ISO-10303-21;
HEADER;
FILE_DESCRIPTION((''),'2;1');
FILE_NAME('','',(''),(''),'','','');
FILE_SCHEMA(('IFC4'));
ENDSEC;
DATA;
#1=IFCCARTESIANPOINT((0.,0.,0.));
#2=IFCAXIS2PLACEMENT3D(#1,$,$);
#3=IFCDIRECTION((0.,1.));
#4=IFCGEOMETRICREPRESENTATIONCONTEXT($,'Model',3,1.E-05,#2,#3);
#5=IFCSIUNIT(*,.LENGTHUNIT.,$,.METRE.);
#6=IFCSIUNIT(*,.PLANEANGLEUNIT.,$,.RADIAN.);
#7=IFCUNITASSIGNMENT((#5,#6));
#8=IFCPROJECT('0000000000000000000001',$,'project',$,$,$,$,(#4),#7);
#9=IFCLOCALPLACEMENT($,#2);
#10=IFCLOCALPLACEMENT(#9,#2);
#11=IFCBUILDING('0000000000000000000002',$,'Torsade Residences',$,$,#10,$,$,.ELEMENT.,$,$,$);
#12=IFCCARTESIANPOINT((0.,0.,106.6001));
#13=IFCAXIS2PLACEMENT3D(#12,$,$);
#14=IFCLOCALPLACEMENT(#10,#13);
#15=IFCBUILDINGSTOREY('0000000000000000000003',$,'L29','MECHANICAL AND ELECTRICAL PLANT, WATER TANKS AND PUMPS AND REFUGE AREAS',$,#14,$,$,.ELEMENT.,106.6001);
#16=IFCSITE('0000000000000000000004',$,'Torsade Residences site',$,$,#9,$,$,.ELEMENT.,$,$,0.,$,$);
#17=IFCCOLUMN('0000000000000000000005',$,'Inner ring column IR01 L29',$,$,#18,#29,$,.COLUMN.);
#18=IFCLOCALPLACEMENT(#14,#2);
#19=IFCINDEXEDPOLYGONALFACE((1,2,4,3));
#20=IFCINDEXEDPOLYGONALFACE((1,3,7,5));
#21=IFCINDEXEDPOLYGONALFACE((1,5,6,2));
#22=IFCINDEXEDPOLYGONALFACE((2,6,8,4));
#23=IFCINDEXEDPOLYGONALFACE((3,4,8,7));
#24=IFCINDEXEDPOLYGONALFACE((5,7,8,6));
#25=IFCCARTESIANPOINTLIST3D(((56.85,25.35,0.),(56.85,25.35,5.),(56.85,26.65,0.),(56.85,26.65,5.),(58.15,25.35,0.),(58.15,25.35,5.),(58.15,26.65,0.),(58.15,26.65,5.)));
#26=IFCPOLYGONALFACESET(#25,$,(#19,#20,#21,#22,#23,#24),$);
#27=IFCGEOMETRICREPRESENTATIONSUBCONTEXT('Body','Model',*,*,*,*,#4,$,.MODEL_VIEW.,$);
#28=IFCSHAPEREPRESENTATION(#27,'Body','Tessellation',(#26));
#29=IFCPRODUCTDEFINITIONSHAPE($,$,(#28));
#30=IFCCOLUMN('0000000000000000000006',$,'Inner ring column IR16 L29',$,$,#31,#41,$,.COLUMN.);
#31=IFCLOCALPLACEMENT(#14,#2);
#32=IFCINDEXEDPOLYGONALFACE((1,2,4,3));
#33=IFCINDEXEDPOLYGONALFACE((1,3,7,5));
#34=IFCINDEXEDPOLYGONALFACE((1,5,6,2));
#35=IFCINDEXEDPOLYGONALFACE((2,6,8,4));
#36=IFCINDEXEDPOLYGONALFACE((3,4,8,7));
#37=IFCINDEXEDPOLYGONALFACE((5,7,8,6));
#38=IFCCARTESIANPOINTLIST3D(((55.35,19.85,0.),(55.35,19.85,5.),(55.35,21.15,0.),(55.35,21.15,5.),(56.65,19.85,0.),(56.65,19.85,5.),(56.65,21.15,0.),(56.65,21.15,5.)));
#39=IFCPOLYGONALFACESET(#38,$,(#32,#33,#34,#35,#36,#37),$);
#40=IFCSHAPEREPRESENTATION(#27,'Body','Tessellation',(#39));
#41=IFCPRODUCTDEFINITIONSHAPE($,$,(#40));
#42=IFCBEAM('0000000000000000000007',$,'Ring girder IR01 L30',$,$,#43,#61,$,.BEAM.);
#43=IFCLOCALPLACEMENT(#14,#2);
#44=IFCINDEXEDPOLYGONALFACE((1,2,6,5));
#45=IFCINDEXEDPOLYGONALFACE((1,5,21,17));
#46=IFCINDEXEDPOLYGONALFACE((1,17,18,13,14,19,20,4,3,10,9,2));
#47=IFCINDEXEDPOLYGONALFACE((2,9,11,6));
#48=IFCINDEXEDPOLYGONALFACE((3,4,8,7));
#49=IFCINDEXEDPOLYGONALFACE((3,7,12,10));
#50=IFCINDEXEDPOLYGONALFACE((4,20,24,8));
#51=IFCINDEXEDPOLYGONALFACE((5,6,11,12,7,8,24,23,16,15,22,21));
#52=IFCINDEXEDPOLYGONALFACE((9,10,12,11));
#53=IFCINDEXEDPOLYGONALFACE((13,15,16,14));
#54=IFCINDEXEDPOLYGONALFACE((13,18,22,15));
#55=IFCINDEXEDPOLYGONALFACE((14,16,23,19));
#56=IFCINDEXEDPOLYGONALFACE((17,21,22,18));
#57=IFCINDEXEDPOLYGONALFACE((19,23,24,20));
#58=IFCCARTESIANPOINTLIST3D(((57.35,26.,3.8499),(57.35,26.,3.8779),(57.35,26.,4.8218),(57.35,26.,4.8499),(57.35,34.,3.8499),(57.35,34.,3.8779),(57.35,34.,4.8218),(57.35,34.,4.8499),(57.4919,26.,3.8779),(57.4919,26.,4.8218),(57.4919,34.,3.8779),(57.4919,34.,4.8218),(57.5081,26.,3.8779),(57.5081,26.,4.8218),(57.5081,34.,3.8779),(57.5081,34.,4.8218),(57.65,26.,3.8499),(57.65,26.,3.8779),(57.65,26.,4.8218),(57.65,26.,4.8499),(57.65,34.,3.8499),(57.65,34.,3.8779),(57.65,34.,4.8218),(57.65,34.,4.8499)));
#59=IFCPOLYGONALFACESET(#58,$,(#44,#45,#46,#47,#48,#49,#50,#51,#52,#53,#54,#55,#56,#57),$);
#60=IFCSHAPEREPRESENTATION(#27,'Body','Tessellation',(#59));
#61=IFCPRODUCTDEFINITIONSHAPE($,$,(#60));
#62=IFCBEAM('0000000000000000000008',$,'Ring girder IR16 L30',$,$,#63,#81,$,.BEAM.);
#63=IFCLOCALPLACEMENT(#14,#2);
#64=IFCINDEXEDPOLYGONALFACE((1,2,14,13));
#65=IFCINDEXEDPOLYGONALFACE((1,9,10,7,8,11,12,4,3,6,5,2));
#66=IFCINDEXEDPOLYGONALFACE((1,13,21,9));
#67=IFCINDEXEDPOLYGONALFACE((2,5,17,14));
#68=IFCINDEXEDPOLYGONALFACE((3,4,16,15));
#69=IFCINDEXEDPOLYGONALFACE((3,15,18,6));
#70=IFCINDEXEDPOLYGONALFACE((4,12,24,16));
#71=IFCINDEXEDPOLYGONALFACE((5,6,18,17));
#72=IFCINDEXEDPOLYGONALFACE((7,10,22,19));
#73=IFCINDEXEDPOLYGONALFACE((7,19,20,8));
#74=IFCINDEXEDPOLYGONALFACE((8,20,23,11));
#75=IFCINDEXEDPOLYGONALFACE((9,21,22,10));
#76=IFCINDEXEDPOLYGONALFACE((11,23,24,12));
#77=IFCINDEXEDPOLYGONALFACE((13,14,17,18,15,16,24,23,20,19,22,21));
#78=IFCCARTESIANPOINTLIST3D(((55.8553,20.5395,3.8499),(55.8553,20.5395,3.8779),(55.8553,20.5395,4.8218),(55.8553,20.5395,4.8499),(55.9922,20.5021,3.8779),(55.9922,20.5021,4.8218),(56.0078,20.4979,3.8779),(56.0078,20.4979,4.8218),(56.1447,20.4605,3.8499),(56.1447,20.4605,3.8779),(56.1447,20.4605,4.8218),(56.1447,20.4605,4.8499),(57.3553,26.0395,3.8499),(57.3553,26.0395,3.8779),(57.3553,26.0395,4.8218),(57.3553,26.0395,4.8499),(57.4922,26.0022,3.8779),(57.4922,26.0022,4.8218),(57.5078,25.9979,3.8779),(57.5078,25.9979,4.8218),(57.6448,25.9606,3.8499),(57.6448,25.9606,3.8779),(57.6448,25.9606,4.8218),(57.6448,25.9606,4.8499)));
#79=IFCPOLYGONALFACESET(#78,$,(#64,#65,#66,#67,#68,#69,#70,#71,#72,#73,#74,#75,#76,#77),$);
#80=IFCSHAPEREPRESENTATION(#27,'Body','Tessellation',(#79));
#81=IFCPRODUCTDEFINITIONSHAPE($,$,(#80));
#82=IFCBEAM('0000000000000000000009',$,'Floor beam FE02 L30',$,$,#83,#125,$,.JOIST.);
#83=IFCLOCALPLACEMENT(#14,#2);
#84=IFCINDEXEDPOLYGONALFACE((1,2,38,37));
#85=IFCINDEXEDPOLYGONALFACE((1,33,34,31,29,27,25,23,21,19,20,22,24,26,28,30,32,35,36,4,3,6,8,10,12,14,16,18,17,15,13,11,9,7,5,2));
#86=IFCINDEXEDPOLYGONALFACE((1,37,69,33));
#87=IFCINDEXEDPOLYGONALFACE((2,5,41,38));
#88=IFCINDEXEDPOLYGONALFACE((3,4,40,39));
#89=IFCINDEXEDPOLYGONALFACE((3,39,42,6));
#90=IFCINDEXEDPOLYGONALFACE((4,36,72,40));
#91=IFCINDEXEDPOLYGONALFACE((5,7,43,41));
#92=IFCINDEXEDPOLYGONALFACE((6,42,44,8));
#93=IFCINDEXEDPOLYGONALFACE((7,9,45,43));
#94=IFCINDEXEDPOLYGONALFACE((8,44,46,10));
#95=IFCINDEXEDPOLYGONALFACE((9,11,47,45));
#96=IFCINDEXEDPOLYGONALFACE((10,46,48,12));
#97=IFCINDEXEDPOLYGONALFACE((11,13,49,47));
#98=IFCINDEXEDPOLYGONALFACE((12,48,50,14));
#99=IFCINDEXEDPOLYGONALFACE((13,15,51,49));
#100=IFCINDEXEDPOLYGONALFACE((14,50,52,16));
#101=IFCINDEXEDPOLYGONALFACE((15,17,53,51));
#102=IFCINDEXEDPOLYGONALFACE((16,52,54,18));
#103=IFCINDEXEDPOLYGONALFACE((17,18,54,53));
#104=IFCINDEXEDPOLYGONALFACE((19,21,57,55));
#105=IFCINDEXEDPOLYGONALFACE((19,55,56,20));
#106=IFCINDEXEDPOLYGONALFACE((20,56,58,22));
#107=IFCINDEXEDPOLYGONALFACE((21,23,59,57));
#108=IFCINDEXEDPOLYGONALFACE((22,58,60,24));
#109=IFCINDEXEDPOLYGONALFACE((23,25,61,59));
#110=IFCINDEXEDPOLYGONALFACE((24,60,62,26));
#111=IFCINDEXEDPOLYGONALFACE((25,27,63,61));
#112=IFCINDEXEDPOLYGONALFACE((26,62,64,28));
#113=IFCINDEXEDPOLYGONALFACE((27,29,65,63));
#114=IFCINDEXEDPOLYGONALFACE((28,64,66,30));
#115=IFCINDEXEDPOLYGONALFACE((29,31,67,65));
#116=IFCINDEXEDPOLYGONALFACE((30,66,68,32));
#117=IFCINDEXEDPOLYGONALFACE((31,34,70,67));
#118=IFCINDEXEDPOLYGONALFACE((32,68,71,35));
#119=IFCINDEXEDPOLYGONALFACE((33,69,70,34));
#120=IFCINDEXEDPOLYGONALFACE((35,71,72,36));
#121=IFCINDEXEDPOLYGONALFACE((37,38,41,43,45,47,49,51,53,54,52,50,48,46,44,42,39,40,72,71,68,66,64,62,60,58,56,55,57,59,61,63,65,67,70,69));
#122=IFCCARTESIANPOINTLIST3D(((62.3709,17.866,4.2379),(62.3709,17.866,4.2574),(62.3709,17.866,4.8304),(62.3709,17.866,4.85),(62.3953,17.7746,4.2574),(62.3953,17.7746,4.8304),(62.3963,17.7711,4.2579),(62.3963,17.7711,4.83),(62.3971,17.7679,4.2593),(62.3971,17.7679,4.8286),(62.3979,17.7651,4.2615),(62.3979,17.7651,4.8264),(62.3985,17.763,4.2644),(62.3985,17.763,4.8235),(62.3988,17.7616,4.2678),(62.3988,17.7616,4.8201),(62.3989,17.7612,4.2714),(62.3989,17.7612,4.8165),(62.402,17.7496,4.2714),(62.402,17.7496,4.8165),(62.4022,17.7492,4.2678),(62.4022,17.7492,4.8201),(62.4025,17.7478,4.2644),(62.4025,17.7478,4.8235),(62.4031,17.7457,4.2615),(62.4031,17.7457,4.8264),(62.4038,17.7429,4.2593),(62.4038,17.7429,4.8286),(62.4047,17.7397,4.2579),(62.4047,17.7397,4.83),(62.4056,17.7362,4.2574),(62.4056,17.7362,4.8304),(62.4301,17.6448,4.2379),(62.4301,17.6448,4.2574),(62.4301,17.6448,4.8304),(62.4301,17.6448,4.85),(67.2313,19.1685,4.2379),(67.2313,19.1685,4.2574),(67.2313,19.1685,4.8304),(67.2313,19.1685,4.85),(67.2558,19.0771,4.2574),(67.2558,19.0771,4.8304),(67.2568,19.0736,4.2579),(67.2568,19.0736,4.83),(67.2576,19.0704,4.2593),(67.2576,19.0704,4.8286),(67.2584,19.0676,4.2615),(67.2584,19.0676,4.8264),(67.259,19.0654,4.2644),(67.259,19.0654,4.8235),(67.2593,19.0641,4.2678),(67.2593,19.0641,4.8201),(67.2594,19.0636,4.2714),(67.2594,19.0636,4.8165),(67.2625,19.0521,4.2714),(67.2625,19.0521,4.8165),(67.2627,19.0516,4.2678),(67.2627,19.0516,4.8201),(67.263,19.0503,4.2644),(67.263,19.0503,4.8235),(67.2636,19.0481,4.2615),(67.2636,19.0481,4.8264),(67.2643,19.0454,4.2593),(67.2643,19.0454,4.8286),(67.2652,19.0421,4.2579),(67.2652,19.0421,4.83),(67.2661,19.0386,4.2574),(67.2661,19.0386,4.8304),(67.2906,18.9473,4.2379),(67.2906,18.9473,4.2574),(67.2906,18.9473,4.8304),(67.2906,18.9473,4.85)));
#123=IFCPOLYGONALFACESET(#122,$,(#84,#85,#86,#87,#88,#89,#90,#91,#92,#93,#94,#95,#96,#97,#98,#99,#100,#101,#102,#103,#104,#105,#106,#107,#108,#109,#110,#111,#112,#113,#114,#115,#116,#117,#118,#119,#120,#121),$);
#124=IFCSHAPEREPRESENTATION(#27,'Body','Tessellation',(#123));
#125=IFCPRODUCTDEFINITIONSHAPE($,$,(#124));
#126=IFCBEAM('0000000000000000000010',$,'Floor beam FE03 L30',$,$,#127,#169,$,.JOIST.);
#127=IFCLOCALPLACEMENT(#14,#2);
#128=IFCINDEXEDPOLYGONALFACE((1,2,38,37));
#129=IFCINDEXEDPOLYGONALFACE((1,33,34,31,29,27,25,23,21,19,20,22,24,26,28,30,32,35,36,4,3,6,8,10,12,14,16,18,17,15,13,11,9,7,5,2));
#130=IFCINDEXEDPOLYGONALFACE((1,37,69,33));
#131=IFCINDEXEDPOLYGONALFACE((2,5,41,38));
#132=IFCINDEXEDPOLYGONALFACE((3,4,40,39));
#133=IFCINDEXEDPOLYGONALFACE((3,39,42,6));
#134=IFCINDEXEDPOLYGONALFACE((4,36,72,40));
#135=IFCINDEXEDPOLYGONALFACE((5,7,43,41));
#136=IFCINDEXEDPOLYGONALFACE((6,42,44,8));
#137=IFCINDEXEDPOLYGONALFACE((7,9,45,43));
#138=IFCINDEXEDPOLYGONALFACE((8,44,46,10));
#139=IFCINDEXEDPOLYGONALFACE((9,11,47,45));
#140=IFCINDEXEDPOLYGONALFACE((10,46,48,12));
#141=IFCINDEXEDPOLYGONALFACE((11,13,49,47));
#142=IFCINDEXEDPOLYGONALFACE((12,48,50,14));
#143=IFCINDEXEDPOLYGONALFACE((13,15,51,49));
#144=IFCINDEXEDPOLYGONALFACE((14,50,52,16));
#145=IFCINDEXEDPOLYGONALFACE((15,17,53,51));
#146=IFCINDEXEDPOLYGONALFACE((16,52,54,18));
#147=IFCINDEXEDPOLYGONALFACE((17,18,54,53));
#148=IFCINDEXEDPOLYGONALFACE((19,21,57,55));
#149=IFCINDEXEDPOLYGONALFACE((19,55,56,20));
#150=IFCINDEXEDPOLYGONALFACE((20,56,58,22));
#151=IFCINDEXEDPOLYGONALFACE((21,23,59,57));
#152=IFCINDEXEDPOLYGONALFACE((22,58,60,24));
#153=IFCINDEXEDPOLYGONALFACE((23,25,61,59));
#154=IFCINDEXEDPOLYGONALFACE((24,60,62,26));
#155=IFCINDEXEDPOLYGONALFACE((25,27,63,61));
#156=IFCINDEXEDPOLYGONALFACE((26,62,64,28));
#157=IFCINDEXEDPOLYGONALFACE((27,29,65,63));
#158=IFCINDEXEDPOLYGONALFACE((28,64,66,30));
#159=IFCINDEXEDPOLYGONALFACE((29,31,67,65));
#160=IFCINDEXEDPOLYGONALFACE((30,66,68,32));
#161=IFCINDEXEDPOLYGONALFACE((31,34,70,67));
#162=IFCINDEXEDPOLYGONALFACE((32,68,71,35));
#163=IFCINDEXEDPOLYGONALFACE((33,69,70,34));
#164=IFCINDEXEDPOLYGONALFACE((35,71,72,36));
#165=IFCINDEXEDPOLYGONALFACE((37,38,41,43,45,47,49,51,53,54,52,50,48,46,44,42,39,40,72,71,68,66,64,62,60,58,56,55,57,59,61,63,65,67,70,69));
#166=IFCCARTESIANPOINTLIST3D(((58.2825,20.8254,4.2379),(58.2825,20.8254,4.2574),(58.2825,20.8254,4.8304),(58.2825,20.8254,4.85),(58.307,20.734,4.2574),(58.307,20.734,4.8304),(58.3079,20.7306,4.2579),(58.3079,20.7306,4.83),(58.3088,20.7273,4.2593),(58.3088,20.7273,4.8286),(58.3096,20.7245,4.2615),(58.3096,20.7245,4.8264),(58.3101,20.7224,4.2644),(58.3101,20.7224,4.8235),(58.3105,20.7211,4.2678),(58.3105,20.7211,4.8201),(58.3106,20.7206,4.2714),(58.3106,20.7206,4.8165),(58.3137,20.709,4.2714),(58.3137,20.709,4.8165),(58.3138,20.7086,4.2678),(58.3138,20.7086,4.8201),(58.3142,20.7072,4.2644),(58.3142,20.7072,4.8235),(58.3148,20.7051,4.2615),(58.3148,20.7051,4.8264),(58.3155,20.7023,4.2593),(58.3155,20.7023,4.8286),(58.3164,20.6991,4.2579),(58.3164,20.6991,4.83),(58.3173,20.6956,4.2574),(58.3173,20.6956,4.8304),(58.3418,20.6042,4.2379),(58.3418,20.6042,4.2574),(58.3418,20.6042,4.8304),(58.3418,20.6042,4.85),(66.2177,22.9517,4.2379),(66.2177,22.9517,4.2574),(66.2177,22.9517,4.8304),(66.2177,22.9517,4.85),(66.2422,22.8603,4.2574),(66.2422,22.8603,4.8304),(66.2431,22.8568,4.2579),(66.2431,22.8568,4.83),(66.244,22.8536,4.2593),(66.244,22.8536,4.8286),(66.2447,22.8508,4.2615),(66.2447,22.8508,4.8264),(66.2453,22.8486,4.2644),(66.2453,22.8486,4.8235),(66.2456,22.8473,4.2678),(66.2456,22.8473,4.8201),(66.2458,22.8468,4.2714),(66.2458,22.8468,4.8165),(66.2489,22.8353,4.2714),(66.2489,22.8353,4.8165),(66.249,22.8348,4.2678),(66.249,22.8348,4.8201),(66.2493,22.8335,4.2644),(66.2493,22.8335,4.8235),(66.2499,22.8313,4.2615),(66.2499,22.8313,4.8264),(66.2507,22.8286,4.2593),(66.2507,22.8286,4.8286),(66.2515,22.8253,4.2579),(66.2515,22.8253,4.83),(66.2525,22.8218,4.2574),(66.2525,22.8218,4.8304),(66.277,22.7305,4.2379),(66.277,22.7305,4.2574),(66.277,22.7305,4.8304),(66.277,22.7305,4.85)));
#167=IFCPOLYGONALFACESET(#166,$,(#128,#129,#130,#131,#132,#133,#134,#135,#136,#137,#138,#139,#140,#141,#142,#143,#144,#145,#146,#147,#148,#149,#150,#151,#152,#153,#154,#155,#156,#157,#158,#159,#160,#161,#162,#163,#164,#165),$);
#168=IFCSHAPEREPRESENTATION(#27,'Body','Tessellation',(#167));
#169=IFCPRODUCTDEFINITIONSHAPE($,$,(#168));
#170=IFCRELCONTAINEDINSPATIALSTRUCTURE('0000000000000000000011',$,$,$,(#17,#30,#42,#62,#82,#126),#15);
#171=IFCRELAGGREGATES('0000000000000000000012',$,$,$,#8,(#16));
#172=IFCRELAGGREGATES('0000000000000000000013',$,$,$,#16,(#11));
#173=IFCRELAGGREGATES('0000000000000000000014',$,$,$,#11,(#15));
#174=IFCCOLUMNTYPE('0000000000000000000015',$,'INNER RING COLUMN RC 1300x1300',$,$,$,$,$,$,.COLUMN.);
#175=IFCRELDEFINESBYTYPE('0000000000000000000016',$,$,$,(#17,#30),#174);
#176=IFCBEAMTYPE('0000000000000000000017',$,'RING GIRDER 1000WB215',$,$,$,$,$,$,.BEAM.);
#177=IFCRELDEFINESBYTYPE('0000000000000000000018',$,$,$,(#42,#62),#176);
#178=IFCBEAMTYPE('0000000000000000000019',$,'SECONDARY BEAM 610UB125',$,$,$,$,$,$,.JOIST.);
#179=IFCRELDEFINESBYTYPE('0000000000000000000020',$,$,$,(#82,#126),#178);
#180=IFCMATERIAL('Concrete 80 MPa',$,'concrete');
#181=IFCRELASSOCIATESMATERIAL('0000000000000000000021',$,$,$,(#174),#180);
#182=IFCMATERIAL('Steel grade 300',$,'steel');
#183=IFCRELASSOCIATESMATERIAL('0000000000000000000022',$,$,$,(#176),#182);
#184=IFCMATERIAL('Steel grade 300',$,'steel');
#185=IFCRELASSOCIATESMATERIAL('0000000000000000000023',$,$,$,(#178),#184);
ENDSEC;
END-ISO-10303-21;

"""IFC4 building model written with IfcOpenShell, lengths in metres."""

from ifc_helpers import new_model, si_unit, direction, frame, origin, origin_2d, place, context, subcontext, project, spatial, rectangle, i_section, extrude, material, material_profile, profile_set, type_object, element, save


model = new_model("IFC4")

# Units and contexts
model_context = context("Model", 3, precision=1e-05, world=origin(), true_north=direction((0.0, 1.0)))
body_context = subcontext(model_context, "Body", "Model", "MODEL_VIEW")
ifc_project = project(units=[si_unit("LENGTHUNIT", "METRE"), si_unit("PLANEANGLEUNIT", "RADIAN")], contexts=[model_context])

# Site, building, storey
site_placement = place(None, origin())
site = spatial("IfcSite", under=ifc_project, at=site_placement, Name="Torsade Residences site", CompositionType="ELEMENT", RefElevation=0.0)
building_placement = place(site_placement, origin())
building = spatial("IfcBuilding", under=site, at=building_placement, Name="Torsade Residences", CompositionType="ELEMENT")
storey_placement = place(building_placement, frame((0.0, 0.0, 106.6001)))
storey = spatial("IfcBuildingStorey", under=building, at=storey_placement, Name="L29", Description="MECHANICAL AND ELECTRICAL PLANT, WATER TANKS AND PUMPS AND REFUGE AREAS", CompositionType="ELEMENT", Elevation=106.6001)

# Columns
ifc_material_1 = material(Name="Concrete 80 MPa", Category="concrete")
ifc_material_profile_1 = material_profile(ifc_material_1, rectangle(XDim=1.3, YDim=1.3, at=origin_2d()), Name="RC 1300x1300")
ifc_profile_set_1 = profile_set([ifc_material_profile_1], Name="Concrete 80 MPa")
column_type = type_object("IfcColumnType", Name="INNER RING COLUMN RC 1300x1300", PredefinedType="COLUMN", material=ifc_profile_set_1)
for number, where, z_axis, x_axis, name in (
    (1, (57.5, 26.0, 0.0), (0.0, 0.0, 1.0), (1.0, 0.0, 0.0), "Inner ring column IR01 L29"),
    (2, (56.0, 20.5, 0.0), (0.0, 0.0, 1.0), (1.0, 0.0, 0.0), "Inner ring column IR16 L29"),
):
    element("IfcColumn", number, at=place(storey_placement, frame(where, z_axis=z_axis, x_axis=x_axis)), inside=storey, type_object=column_type, Name=name, PredefinedType="COLUMN", context=body_context, shape_type="SweptSolid", body=[
        extrude(rectangle(XDim=1.3, YDim=1.3, at=origin_2d()), origin(), (0.0, 0.0, 1.0), 5.0),
    ])

# Beams
ifc_material_2 = material(Name="Steel grade 300", Category="steel")
ifc_material_profile_2 = material_profile(ifc_material_2, i_section(OverallWidth=0.3, OverallDepth=1.0, WebThickness=0.0161, FlangeThickness=0.0281, at=origin_2d()), Name="1000WB215")
ifc_profile_set_2 = profile_set([ifc_material_profile_2], Name="Steel grade 300")
beam_type_1 = type_object("IfcBeamType", Name="RING GIRDER 1000WB215", PredefinedType="BEAM", material=ifc_profile_set_2)
beam_1_placement = place(storey_placement, frame((57.5, 26.0, 4.3499), z_axis=(0.0, 1.0, 0.0), x_axis=(-1.0, 0.0, 0.0)))
element("IfcBeam", 3, at=beam_1_placement, inside=storey, type_object=beam_type_1, Name="Ring girder IR01 L30", PredefinedType="BEAM", context=body_context, shape_type="SweptSolid", body=[
    extrude(i_section(OverallWidth=0.3, OverallDepth=1.0, WebThickness=0.0161, FlangeThickness=0.0281, at=origin_2d()), origin(), (0.0, 0.0, 1.0), 8.0),
])
beam_2_placement = place(storey_placement, frame((56.0, 20.5, 4.3499), z_axis=(0.263117, 0.964764, 0.0), x_axis=(-0.964764, 0.263117, 0.0)))
element("IfcBeam", 4, at=beam_2_placement, inside=storey, type_object=beam_type_1, Name="Ring girder IR16 L30", PredefinedType="BEAM", context=body_context, shape_type="SweptSolid", body=[
    extrude(i_section(OverallWidth=0.3, OverallDepth=1.0, WebThickness=0.0161, FlangeThickness=0.0281, at=origin_2d()), origin(), (0.0, 0.0, 1.0), 5.7009),
])
ifc_material_3 = material(Name="Steel grade 300", Category="steel")
ifc_material_profile_3 = material_profile(ifc_material_3, i_section(OverallWidth=0.229, OverallDepth=0.6121, WebThickness=0.012, FlangeThickness=0.0195, FilletRadius=0.0139, at=origin_2d()), Name="610UB125")
ifc_profile_set_3 = profile_set([ifc_material_profile_3], Name="Steel grade 300")
beam_type_2 = type_object("IfcBeamType", Name="SECONDARY BEAM 610UB125", PredefinedType="JOIST", material=ifc_profile_set_3)
beam_3_placement = place(storey_placement, frame((67.261, 19.0579, 4.5439), z_axis=(-0.965921, -0.258837, 0.0), x_axis=(0.258837, -0.965921, 0.0)))
element("IfcBeam", 5, at=beam_3_placement, inside=storey, type_object=beam_type_2, Name="Floor beam FE02 L30", PredefinedType="JOIST", context=body_context, shape_type="SweptSolid", body=[
    extrude(i_section(OverallWidth=0.229, OverallDepth=0.6121, WebThickness=0.012, FlangeThickness=0.0195, FilletRadius=0.0139, at=origin_2d()), origin(), (0.0, 0.0, 1.0), 5.032),
])
beam_4_placement = place(storey_placement, frame((66.2473, 22.8411, 4.5439), z_axis=(-0.965925, -0.258822, 0.0), x_axis=(0.258822, -0.965925, 0.0)))
element("IfcBeam", 6, at=beam_4_placement, inside=storey, type_object=beam_type_2, Name="Floor beam FE03 L30", PredefinedType="JOIST", context=body_context, shape_type="SweptSolid", body=[
    extrude(i_section(OverallWidth=0.229, OverallDepth=0.6121, WebThickness=0.012, FlangeThickness=0.0195, FilletRadius=0.0139, at=origin_2d()), origin(), (0.0, 0.0, 1.0), 8.2151),
])

save(model, "model.ifc")
